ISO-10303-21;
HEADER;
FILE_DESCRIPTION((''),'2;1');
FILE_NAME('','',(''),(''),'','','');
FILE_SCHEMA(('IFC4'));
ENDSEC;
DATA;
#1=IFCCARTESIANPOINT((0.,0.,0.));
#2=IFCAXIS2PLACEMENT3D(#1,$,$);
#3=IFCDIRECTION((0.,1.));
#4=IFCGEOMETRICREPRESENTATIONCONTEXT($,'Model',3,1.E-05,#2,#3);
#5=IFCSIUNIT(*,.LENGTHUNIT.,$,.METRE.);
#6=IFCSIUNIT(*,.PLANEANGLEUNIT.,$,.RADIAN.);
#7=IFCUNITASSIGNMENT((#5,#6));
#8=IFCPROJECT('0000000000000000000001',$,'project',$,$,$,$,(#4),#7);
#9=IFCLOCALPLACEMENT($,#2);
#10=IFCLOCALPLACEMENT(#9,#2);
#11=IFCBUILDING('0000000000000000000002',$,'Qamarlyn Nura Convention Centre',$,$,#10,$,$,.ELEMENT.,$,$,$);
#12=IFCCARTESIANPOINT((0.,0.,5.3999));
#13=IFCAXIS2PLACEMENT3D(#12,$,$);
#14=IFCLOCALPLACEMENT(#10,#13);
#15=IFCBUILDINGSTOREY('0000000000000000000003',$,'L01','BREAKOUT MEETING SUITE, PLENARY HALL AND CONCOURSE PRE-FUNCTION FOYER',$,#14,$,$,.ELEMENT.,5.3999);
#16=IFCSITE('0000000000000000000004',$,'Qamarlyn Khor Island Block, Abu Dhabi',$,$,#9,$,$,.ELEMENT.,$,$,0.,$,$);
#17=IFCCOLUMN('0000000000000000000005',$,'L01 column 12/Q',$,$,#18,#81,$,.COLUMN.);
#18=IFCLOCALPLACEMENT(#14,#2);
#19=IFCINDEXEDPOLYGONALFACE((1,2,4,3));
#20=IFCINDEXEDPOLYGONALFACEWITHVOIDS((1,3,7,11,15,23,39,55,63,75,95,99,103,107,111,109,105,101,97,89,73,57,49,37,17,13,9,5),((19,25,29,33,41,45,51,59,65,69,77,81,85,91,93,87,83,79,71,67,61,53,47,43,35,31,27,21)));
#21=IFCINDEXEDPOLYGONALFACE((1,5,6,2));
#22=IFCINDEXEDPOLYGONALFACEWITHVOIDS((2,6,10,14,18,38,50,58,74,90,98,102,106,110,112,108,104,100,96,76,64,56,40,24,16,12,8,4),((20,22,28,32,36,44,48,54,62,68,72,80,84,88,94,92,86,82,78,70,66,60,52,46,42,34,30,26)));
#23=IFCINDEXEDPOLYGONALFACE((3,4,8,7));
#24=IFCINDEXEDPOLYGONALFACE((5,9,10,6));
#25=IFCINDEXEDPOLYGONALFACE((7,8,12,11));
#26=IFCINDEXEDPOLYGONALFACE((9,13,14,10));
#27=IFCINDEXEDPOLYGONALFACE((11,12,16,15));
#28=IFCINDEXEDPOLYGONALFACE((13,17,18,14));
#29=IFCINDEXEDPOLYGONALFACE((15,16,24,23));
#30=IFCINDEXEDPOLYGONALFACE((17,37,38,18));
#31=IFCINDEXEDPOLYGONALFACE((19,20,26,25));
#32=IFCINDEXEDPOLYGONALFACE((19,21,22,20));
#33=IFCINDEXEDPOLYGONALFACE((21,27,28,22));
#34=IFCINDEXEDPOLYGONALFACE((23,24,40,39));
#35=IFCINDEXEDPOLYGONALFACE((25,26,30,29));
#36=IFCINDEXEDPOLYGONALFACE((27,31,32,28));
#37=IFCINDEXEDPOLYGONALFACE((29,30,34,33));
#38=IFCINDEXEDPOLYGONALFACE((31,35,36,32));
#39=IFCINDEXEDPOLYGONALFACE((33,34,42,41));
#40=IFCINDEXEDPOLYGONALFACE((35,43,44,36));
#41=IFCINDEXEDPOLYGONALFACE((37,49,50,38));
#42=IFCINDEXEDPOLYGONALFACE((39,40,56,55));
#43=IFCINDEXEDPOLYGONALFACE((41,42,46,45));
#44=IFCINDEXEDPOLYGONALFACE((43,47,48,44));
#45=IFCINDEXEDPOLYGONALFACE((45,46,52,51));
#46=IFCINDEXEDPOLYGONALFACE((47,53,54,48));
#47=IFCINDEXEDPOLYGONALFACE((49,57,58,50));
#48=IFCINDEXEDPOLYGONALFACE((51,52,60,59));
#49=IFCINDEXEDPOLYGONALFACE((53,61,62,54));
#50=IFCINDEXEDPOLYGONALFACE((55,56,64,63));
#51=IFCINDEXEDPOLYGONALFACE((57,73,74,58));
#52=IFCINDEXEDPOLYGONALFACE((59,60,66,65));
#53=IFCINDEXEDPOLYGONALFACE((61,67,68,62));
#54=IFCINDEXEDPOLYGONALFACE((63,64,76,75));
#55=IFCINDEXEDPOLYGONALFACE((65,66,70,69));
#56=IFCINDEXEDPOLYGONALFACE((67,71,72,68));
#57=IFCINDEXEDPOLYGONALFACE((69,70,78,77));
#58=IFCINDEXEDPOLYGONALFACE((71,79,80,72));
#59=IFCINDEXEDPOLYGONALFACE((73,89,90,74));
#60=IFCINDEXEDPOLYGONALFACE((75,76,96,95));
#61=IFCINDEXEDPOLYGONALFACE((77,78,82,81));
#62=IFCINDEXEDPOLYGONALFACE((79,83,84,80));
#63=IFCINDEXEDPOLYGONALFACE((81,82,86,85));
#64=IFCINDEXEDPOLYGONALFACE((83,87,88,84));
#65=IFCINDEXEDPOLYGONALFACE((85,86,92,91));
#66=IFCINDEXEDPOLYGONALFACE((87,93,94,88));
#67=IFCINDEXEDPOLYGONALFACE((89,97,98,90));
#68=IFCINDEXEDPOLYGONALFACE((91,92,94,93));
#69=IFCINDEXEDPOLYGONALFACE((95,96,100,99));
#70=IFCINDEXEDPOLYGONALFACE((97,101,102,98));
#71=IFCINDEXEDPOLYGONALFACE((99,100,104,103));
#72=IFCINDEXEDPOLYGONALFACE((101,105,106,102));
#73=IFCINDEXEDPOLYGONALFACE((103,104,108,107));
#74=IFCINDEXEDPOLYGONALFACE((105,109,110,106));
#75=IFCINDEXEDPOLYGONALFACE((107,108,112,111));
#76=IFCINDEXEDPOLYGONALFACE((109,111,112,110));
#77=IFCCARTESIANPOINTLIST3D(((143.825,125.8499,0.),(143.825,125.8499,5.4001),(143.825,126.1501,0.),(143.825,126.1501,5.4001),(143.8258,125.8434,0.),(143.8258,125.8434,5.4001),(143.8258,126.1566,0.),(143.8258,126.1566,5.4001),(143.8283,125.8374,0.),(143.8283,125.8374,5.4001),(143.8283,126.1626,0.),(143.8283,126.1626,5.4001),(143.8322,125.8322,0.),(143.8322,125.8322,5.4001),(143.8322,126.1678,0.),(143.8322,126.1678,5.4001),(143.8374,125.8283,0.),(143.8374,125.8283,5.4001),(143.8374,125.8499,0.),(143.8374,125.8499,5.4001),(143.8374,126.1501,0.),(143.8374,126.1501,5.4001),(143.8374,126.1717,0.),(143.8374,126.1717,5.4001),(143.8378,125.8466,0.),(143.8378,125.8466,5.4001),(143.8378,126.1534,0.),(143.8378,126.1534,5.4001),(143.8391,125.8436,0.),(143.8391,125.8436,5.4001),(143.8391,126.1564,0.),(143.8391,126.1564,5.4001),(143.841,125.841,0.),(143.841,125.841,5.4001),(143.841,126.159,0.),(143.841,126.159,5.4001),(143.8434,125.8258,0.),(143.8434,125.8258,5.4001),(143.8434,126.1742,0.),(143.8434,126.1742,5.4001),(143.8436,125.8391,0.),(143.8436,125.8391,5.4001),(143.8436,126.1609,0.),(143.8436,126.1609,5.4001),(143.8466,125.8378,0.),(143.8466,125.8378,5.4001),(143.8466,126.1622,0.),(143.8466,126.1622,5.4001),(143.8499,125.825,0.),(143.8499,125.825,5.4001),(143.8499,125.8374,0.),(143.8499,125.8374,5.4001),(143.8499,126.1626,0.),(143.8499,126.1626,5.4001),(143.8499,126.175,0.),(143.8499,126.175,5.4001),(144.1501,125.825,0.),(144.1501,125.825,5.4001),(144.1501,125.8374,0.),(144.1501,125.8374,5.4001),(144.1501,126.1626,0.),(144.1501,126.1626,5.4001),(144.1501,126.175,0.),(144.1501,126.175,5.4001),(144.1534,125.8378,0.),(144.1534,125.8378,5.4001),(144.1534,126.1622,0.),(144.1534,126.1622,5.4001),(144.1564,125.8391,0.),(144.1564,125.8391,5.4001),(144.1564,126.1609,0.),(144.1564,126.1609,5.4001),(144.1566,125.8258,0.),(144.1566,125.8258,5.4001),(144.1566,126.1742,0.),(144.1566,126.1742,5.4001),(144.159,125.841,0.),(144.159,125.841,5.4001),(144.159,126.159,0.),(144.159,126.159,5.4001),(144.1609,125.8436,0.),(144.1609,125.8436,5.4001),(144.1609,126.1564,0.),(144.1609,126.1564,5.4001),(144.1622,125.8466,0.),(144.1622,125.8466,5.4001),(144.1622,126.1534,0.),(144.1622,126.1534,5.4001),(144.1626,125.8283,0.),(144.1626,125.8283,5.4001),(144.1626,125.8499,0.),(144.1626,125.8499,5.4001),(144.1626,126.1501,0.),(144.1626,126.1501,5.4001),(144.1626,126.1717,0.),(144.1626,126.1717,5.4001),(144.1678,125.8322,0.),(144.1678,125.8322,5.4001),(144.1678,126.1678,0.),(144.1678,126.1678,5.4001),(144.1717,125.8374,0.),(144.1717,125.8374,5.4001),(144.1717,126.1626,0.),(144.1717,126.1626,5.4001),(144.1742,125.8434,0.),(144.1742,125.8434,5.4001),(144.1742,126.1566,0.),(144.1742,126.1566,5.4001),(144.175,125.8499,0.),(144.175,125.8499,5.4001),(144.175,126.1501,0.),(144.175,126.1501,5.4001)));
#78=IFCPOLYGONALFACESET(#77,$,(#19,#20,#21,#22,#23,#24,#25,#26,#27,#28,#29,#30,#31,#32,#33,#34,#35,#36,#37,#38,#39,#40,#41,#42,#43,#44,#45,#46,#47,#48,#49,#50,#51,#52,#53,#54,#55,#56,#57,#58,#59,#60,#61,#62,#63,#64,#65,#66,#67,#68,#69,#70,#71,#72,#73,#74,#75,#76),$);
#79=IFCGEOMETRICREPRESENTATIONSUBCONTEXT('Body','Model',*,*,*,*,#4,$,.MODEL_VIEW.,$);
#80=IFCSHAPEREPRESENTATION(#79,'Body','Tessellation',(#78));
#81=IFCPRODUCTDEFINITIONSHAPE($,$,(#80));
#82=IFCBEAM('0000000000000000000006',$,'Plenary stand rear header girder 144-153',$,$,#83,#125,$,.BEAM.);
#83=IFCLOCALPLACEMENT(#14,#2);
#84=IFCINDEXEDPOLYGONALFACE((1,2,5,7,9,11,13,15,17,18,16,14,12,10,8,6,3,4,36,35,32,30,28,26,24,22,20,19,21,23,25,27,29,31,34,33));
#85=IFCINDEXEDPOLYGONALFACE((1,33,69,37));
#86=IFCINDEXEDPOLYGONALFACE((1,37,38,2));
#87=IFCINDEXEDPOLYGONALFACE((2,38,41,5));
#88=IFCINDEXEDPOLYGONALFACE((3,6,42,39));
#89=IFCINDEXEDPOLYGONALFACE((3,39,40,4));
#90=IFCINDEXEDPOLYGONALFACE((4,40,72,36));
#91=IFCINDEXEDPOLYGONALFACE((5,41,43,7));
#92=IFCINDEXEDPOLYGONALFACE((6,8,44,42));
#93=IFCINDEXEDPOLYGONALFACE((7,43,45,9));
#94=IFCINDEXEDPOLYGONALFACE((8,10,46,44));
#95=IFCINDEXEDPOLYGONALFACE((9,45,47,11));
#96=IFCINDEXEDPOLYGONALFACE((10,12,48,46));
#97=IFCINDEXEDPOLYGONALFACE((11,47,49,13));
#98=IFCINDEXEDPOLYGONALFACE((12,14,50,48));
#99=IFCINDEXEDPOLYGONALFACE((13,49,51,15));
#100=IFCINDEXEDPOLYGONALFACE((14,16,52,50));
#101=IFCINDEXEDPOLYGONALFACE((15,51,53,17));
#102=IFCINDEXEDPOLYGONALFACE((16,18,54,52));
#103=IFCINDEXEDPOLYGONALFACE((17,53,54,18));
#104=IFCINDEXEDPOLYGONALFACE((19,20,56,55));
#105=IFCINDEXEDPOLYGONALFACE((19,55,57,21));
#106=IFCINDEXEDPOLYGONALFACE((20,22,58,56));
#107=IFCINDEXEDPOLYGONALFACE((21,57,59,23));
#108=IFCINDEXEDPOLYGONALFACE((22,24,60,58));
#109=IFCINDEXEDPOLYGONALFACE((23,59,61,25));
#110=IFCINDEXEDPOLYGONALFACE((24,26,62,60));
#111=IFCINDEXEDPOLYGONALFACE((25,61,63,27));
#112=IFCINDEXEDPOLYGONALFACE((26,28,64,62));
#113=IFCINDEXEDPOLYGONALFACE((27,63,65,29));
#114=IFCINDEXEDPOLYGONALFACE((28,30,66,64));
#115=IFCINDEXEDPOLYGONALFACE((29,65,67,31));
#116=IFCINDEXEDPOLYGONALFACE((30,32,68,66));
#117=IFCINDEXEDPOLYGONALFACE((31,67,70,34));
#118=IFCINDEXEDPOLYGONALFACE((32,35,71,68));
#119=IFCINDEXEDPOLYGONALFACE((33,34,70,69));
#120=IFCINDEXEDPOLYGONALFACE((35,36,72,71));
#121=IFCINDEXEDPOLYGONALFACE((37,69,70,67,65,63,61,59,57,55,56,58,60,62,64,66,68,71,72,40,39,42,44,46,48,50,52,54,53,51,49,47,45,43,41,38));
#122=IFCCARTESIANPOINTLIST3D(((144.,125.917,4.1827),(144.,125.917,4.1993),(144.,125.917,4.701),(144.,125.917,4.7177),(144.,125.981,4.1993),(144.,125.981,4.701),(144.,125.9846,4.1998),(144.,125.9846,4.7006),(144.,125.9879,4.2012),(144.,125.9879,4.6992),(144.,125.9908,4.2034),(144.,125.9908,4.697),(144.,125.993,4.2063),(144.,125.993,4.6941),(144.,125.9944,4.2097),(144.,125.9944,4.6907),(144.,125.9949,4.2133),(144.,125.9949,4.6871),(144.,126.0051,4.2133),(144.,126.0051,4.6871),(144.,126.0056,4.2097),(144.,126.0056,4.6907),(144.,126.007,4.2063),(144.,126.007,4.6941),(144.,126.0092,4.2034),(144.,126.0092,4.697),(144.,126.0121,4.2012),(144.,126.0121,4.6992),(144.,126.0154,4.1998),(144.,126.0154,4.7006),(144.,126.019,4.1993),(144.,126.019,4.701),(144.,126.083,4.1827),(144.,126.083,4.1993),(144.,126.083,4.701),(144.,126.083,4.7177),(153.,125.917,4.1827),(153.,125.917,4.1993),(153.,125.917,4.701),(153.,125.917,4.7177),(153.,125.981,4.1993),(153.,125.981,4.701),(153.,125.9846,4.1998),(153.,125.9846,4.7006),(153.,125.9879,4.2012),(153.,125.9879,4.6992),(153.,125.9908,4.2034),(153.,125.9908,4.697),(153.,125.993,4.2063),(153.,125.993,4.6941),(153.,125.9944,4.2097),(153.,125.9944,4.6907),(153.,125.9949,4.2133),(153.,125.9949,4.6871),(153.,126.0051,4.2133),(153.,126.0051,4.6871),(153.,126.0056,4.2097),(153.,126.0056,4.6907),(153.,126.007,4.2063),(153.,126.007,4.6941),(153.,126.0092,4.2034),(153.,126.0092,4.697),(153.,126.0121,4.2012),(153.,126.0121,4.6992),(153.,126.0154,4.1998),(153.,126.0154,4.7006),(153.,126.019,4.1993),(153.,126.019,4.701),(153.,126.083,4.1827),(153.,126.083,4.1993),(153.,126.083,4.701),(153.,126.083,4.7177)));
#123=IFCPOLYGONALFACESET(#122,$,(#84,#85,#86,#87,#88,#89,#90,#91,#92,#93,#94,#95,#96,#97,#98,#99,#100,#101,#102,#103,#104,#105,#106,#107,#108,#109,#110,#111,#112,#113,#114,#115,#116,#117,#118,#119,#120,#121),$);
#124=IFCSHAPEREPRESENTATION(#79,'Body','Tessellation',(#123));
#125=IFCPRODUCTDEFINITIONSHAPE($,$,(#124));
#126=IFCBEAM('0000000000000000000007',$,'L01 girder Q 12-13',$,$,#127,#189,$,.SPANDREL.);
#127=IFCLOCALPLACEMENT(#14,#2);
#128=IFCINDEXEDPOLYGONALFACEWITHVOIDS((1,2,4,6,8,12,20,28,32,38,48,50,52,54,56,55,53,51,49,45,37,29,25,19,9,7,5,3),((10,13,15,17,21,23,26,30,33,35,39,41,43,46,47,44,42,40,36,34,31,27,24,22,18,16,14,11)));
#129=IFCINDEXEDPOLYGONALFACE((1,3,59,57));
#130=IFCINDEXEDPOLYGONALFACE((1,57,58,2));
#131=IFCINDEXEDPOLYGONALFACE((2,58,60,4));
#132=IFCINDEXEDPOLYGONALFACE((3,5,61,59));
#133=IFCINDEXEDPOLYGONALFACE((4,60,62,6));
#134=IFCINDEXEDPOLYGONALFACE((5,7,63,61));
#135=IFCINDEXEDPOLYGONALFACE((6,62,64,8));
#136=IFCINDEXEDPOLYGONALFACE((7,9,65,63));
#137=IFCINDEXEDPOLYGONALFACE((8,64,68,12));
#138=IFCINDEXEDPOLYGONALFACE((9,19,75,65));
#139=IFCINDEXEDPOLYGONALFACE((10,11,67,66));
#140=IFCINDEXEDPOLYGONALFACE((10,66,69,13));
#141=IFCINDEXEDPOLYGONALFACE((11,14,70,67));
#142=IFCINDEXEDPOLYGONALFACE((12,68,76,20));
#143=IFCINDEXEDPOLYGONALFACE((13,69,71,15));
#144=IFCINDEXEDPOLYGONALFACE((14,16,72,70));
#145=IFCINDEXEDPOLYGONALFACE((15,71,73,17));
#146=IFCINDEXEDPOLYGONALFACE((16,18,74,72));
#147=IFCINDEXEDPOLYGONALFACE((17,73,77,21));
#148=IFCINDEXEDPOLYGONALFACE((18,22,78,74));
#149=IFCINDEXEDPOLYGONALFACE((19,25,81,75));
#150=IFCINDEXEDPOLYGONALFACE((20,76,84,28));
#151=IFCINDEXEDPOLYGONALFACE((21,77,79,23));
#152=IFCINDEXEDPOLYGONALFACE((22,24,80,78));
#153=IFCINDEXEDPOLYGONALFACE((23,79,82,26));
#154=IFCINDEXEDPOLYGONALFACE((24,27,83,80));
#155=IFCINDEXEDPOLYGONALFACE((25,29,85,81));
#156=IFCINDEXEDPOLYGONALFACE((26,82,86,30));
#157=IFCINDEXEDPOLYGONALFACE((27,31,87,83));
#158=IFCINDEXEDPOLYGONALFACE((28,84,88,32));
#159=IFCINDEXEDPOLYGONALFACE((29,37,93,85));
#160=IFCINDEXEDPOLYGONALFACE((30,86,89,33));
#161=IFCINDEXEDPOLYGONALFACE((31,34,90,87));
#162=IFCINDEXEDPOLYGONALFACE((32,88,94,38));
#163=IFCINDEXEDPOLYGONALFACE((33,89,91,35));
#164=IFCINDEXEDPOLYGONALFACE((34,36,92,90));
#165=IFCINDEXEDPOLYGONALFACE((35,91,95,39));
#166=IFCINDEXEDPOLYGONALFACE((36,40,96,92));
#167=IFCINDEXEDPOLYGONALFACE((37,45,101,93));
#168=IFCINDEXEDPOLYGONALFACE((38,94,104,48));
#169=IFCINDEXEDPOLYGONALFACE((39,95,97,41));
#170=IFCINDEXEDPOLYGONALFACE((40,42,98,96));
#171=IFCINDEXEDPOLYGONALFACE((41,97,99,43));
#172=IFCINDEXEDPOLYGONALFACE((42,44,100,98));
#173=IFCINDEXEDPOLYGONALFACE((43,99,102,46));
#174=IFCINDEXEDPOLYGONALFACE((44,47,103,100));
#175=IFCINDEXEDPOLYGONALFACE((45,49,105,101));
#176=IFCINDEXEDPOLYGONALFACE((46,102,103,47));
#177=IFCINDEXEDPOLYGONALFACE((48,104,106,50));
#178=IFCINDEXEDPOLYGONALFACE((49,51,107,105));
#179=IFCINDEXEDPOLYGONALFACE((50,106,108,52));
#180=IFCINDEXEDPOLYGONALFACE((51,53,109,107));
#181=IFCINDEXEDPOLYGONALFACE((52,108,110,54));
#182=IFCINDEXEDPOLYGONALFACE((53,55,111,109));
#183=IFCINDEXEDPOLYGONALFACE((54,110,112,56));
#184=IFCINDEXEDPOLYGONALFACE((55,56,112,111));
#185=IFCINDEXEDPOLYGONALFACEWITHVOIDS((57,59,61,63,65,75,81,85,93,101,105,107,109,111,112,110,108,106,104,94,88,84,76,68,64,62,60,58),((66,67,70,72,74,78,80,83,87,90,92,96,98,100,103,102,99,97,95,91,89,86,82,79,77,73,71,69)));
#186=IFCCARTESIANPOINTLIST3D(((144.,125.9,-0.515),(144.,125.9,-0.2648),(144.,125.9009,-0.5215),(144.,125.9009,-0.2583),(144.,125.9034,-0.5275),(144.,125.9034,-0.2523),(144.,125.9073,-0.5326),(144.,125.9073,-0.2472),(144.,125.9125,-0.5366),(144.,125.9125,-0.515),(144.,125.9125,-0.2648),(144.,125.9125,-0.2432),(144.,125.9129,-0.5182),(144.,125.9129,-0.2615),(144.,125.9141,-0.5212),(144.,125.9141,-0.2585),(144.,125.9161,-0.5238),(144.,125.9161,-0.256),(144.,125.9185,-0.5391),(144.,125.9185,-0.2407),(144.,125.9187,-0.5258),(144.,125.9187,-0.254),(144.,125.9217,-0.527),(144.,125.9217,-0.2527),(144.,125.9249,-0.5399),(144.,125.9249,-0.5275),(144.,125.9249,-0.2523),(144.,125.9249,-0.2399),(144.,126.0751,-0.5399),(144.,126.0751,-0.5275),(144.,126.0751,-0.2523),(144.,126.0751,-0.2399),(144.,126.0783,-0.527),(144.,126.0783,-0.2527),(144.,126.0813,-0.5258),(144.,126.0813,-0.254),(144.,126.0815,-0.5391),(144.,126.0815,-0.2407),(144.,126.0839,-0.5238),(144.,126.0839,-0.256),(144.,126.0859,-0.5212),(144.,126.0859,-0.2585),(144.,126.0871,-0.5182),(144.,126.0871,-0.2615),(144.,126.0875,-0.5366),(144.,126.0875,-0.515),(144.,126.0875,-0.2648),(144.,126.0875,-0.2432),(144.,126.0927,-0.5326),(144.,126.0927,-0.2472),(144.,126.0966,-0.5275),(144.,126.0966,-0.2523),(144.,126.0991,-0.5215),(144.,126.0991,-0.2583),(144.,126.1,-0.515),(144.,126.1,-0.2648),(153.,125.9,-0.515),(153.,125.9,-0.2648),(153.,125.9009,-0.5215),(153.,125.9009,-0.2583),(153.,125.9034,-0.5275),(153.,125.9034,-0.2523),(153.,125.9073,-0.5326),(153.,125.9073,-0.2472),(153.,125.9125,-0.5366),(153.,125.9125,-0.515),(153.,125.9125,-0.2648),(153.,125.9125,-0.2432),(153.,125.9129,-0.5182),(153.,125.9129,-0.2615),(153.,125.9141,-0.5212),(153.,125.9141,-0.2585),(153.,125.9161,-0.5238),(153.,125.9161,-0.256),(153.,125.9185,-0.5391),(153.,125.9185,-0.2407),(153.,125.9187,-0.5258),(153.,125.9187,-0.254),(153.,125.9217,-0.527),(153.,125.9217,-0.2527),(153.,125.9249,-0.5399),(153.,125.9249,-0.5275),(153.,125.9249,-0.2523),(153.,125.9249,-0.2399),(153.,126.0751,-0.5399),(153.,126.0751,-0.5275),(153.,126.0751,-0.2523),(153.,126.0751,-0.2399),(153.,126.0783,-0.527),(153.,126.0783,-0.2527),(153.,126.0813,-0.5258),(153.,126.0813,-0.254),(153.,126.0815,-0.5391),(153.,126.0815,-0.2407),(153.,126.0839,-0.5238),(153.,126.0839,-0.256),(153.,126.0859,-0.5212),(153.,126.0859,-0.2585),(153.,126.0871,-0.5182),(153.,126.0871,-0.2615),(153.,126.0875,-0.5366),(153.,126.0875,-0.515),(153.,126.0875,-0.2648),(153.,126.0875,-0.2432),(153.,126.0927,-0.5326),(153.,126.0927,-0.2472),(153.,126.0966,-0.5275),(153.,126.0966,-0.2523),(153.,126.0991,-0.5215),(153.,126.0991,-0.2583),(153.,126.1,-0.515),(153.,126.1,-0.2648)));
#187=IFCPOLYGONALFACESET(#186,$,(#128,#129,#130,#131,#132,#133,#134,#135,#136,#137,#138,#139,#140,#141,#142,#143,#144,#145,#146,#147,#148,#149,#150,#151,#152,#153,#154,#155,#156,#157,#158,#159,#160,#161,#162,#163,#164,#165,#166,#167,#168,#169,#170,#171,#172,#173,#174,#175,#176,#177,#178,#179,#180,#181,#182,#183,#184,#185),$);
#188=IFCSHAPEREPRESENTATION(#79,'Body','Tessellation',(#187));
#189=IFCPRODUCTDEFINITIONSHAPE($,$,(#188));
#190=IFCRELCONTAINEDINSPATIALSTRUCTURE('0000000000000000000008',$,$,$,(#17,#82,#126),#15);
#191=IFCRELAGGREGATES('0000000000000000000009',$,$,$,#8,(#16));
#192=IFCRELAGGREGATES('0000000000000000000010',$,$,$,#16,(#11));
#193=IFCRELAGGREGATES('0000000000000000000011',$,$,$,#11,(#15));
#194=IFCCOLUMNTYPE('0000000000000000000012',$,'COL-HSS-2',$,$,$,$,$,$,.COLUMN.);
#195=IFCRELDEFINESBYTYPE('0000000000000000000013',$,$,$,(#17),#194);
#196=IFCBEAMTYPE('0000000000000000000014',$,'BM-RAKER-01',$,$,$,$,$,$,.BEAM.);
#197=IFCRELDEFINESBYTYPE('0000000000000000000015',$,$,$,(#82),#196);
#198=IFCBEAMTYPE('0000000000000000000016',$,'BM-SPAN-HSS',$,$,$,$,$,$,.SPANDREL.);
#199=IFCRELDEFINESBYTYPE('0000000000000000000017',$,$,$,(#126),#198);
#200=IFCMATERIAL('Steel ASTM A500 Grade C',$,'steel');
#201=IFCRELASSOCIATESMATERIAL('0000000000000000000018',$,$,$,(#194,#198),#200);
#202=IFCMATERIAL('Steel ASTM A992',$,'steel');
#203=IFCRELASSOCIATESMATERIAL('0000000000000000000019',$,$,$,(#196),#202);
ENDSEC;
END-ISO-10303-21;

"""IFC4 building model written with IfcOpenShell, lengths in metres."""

from ifc_helpers import new_model, si_unit, direction, frame, origin, origin_2d, place, context, subcontext, project, spatial, hollow_rectangle, i_section, extrude, material, material_profile, profile_set, type_object, element, save


model = new_model("IFC4")

# Units and contexts
model_context = context("Model", 3, precision=1e-05, world=origin(), true_north=direction((0.0, 1.0)))
body_context = subcontext(model_context, "Body", "Model", "MODEL_VIEW")
ifc_project = project(units=[si_unit("LENGTHUNIT", "METRE"), si_unit("PLANEANGLEUNIT", "RADIAN")], contexts=[model_context])

# Site, building, storey
site_placement = place(None, origin())
site = spatial("IfcSite", under=ifc_project, at=site_placement, Name="Qamarlyn Khor Island Block, Abu Dhabi", CompositionType="ELEMENT", RefElevation=0.0)
building_placement = place(site_placement, origin())
building = spatial("IfcBuilding", under=site, at=building_placement, Name="Qamarlyn Nura Convention Centre", CompositionType="ELEMENT")
storey_placement = place(building_placement, frame((0.0, 0.0, 5.3999)))
storey = spatial("IfcBuildingStorey", under=building, at=storey_placement, Name="L01", Description="BREAKOUT MEETING SUITE, PLENARY HALL AND CONCOURSE PRE-FUNCTION FOYER", CompositionType="ELEMENT", Elevation=5.3999)

# Column
ifc_material_1 = material(Name="Steel ASTM A500 Grade C", Category="steel")
ifc_material_profile_1 = material_profile(ifc_material_1, hollow_rectangle(XDim=0.3501, YDim=0.3501, WallThickness=0.0125, InnerFilletRadius=0.0125, OuterFilletRadius=0.0249, at=origin_2d()), Name="HSS350X350X12.5")
ifc_profile_set_1 = profile_set([ifc_material_profile_1], Name="Steel ASTM A500 Grade C")
column_type = type_object("IfcColumnType", Name="COL-HSS-2", PredefinedType="COLUMN", material=ifc_profile_set_1)
column_placement = place(storey_placement, frame((144.0, 126.0, 0.0), z_axis=(0.0, 0.0, 1.0), x_axis=(1.0, 0.0, 0.0)))
element("IfcColumn", 1, at=column_placement, inside=storey, type_object=column_type, Name="L01 column 12/Q", PredefinedType="COLUMN", context=body_context, shape_type="SweptSolid", body=[
    extrude(hollow_rectangle(XDim=0.3501, YDim=0.3501, WallThickness=0.0125, InnerFilletRadius=0.0125, OuterFilletRadius=0.0249, at=origin_2d()), origin(), (0.0, 0.0, 1.0), 5.4001),
])

# Beams
ifc_material_2 = material(Name="Steel ASTM A992", Category="steel")
ifc_material_profile_2 = material_profile(ifc_material_2, i_section(OverallWidth=0.166, OverallDepth=0.5349, WebThickness=0.0103, FlangeThickness=0.0166, FilletRadius=0.0139, at=origin_2d()), Name="W530X85")
ifc_profile_set_2 = profile_set([ifc_material_profile_2], Name="Steel ASTM A992")
beam_type_1 = type_object("IfcBeamType", Name="BM-RAKER-01", PredefinedType="BEAM", material=ifc_profile_set_2)
beam_1_placement = place(storey_placement, frame((144.0, 126.0, 4.4502), z_axis=(1.0, 0.0, 0.0), x_axis=(0.0, 1.0, 0.0)))
element("IfcBeam", 2, at=beam_1_placement, inside=storey, type_object=beam_type_1, Name="Plenary stand rear header girder 144-153", PredefinedType="BEAM", context=body_context, shape_type="SweptSolid", body=[
    extrude(i_section(OverallWidth=0.166, OverallDepth=0.5349, WebThickness=0.0103, FlangeThickness=0.0166, FilletRadius=0.0139, at=origin_2d()), origin(), (0.0, 0.0, 1.0), 9.0),
])
ifc_material_profile_3 = material_profile(ifc_material_1, hollow_rectangle(XDim=0.2, YDim=0.3, WallThickness=0.0125, InnerFilletRadius=0.0125, OuterFilletRadius=0.0249, at=origin_2d()), Name="HSS300X200X12.5")
ifc_profile_set_3 = profile_set([ifc_material_profile_3], Name="Steel ASTM A500 Grade C")
beam_type_2 = type_object("IfcBeamType", Name="BM-SPAN-HSS", PredefinedType="SPANDREL", material=ifc_profile_set_3)
beam_2_placement = place(storey_placement, frame((144.0, 126.0, -0.3899), z_axis=(1.0, 0.0, 0.0), x_axis=(0.0, 1.0, 0.0)))
element("IfcBeam", 3, at=beam_2_placement, inside=storey, type_object=beam_type_2, Name="L01 girder Q 12-13", PredefinedType="SPANDREL", context=body_context, shape_type="SweptSolid", body=[
    extrude(hollow_rectangle(XDim=0.2, YDim=0.3, WallThickness=0.0125, InnerFilletRadius=0.0125, OuterFilletRadius=0.0249, at=origin_2d()), origin(), (0.0, 0.0, 1.0), 9.0),
])

save(model, "model.ifc")
